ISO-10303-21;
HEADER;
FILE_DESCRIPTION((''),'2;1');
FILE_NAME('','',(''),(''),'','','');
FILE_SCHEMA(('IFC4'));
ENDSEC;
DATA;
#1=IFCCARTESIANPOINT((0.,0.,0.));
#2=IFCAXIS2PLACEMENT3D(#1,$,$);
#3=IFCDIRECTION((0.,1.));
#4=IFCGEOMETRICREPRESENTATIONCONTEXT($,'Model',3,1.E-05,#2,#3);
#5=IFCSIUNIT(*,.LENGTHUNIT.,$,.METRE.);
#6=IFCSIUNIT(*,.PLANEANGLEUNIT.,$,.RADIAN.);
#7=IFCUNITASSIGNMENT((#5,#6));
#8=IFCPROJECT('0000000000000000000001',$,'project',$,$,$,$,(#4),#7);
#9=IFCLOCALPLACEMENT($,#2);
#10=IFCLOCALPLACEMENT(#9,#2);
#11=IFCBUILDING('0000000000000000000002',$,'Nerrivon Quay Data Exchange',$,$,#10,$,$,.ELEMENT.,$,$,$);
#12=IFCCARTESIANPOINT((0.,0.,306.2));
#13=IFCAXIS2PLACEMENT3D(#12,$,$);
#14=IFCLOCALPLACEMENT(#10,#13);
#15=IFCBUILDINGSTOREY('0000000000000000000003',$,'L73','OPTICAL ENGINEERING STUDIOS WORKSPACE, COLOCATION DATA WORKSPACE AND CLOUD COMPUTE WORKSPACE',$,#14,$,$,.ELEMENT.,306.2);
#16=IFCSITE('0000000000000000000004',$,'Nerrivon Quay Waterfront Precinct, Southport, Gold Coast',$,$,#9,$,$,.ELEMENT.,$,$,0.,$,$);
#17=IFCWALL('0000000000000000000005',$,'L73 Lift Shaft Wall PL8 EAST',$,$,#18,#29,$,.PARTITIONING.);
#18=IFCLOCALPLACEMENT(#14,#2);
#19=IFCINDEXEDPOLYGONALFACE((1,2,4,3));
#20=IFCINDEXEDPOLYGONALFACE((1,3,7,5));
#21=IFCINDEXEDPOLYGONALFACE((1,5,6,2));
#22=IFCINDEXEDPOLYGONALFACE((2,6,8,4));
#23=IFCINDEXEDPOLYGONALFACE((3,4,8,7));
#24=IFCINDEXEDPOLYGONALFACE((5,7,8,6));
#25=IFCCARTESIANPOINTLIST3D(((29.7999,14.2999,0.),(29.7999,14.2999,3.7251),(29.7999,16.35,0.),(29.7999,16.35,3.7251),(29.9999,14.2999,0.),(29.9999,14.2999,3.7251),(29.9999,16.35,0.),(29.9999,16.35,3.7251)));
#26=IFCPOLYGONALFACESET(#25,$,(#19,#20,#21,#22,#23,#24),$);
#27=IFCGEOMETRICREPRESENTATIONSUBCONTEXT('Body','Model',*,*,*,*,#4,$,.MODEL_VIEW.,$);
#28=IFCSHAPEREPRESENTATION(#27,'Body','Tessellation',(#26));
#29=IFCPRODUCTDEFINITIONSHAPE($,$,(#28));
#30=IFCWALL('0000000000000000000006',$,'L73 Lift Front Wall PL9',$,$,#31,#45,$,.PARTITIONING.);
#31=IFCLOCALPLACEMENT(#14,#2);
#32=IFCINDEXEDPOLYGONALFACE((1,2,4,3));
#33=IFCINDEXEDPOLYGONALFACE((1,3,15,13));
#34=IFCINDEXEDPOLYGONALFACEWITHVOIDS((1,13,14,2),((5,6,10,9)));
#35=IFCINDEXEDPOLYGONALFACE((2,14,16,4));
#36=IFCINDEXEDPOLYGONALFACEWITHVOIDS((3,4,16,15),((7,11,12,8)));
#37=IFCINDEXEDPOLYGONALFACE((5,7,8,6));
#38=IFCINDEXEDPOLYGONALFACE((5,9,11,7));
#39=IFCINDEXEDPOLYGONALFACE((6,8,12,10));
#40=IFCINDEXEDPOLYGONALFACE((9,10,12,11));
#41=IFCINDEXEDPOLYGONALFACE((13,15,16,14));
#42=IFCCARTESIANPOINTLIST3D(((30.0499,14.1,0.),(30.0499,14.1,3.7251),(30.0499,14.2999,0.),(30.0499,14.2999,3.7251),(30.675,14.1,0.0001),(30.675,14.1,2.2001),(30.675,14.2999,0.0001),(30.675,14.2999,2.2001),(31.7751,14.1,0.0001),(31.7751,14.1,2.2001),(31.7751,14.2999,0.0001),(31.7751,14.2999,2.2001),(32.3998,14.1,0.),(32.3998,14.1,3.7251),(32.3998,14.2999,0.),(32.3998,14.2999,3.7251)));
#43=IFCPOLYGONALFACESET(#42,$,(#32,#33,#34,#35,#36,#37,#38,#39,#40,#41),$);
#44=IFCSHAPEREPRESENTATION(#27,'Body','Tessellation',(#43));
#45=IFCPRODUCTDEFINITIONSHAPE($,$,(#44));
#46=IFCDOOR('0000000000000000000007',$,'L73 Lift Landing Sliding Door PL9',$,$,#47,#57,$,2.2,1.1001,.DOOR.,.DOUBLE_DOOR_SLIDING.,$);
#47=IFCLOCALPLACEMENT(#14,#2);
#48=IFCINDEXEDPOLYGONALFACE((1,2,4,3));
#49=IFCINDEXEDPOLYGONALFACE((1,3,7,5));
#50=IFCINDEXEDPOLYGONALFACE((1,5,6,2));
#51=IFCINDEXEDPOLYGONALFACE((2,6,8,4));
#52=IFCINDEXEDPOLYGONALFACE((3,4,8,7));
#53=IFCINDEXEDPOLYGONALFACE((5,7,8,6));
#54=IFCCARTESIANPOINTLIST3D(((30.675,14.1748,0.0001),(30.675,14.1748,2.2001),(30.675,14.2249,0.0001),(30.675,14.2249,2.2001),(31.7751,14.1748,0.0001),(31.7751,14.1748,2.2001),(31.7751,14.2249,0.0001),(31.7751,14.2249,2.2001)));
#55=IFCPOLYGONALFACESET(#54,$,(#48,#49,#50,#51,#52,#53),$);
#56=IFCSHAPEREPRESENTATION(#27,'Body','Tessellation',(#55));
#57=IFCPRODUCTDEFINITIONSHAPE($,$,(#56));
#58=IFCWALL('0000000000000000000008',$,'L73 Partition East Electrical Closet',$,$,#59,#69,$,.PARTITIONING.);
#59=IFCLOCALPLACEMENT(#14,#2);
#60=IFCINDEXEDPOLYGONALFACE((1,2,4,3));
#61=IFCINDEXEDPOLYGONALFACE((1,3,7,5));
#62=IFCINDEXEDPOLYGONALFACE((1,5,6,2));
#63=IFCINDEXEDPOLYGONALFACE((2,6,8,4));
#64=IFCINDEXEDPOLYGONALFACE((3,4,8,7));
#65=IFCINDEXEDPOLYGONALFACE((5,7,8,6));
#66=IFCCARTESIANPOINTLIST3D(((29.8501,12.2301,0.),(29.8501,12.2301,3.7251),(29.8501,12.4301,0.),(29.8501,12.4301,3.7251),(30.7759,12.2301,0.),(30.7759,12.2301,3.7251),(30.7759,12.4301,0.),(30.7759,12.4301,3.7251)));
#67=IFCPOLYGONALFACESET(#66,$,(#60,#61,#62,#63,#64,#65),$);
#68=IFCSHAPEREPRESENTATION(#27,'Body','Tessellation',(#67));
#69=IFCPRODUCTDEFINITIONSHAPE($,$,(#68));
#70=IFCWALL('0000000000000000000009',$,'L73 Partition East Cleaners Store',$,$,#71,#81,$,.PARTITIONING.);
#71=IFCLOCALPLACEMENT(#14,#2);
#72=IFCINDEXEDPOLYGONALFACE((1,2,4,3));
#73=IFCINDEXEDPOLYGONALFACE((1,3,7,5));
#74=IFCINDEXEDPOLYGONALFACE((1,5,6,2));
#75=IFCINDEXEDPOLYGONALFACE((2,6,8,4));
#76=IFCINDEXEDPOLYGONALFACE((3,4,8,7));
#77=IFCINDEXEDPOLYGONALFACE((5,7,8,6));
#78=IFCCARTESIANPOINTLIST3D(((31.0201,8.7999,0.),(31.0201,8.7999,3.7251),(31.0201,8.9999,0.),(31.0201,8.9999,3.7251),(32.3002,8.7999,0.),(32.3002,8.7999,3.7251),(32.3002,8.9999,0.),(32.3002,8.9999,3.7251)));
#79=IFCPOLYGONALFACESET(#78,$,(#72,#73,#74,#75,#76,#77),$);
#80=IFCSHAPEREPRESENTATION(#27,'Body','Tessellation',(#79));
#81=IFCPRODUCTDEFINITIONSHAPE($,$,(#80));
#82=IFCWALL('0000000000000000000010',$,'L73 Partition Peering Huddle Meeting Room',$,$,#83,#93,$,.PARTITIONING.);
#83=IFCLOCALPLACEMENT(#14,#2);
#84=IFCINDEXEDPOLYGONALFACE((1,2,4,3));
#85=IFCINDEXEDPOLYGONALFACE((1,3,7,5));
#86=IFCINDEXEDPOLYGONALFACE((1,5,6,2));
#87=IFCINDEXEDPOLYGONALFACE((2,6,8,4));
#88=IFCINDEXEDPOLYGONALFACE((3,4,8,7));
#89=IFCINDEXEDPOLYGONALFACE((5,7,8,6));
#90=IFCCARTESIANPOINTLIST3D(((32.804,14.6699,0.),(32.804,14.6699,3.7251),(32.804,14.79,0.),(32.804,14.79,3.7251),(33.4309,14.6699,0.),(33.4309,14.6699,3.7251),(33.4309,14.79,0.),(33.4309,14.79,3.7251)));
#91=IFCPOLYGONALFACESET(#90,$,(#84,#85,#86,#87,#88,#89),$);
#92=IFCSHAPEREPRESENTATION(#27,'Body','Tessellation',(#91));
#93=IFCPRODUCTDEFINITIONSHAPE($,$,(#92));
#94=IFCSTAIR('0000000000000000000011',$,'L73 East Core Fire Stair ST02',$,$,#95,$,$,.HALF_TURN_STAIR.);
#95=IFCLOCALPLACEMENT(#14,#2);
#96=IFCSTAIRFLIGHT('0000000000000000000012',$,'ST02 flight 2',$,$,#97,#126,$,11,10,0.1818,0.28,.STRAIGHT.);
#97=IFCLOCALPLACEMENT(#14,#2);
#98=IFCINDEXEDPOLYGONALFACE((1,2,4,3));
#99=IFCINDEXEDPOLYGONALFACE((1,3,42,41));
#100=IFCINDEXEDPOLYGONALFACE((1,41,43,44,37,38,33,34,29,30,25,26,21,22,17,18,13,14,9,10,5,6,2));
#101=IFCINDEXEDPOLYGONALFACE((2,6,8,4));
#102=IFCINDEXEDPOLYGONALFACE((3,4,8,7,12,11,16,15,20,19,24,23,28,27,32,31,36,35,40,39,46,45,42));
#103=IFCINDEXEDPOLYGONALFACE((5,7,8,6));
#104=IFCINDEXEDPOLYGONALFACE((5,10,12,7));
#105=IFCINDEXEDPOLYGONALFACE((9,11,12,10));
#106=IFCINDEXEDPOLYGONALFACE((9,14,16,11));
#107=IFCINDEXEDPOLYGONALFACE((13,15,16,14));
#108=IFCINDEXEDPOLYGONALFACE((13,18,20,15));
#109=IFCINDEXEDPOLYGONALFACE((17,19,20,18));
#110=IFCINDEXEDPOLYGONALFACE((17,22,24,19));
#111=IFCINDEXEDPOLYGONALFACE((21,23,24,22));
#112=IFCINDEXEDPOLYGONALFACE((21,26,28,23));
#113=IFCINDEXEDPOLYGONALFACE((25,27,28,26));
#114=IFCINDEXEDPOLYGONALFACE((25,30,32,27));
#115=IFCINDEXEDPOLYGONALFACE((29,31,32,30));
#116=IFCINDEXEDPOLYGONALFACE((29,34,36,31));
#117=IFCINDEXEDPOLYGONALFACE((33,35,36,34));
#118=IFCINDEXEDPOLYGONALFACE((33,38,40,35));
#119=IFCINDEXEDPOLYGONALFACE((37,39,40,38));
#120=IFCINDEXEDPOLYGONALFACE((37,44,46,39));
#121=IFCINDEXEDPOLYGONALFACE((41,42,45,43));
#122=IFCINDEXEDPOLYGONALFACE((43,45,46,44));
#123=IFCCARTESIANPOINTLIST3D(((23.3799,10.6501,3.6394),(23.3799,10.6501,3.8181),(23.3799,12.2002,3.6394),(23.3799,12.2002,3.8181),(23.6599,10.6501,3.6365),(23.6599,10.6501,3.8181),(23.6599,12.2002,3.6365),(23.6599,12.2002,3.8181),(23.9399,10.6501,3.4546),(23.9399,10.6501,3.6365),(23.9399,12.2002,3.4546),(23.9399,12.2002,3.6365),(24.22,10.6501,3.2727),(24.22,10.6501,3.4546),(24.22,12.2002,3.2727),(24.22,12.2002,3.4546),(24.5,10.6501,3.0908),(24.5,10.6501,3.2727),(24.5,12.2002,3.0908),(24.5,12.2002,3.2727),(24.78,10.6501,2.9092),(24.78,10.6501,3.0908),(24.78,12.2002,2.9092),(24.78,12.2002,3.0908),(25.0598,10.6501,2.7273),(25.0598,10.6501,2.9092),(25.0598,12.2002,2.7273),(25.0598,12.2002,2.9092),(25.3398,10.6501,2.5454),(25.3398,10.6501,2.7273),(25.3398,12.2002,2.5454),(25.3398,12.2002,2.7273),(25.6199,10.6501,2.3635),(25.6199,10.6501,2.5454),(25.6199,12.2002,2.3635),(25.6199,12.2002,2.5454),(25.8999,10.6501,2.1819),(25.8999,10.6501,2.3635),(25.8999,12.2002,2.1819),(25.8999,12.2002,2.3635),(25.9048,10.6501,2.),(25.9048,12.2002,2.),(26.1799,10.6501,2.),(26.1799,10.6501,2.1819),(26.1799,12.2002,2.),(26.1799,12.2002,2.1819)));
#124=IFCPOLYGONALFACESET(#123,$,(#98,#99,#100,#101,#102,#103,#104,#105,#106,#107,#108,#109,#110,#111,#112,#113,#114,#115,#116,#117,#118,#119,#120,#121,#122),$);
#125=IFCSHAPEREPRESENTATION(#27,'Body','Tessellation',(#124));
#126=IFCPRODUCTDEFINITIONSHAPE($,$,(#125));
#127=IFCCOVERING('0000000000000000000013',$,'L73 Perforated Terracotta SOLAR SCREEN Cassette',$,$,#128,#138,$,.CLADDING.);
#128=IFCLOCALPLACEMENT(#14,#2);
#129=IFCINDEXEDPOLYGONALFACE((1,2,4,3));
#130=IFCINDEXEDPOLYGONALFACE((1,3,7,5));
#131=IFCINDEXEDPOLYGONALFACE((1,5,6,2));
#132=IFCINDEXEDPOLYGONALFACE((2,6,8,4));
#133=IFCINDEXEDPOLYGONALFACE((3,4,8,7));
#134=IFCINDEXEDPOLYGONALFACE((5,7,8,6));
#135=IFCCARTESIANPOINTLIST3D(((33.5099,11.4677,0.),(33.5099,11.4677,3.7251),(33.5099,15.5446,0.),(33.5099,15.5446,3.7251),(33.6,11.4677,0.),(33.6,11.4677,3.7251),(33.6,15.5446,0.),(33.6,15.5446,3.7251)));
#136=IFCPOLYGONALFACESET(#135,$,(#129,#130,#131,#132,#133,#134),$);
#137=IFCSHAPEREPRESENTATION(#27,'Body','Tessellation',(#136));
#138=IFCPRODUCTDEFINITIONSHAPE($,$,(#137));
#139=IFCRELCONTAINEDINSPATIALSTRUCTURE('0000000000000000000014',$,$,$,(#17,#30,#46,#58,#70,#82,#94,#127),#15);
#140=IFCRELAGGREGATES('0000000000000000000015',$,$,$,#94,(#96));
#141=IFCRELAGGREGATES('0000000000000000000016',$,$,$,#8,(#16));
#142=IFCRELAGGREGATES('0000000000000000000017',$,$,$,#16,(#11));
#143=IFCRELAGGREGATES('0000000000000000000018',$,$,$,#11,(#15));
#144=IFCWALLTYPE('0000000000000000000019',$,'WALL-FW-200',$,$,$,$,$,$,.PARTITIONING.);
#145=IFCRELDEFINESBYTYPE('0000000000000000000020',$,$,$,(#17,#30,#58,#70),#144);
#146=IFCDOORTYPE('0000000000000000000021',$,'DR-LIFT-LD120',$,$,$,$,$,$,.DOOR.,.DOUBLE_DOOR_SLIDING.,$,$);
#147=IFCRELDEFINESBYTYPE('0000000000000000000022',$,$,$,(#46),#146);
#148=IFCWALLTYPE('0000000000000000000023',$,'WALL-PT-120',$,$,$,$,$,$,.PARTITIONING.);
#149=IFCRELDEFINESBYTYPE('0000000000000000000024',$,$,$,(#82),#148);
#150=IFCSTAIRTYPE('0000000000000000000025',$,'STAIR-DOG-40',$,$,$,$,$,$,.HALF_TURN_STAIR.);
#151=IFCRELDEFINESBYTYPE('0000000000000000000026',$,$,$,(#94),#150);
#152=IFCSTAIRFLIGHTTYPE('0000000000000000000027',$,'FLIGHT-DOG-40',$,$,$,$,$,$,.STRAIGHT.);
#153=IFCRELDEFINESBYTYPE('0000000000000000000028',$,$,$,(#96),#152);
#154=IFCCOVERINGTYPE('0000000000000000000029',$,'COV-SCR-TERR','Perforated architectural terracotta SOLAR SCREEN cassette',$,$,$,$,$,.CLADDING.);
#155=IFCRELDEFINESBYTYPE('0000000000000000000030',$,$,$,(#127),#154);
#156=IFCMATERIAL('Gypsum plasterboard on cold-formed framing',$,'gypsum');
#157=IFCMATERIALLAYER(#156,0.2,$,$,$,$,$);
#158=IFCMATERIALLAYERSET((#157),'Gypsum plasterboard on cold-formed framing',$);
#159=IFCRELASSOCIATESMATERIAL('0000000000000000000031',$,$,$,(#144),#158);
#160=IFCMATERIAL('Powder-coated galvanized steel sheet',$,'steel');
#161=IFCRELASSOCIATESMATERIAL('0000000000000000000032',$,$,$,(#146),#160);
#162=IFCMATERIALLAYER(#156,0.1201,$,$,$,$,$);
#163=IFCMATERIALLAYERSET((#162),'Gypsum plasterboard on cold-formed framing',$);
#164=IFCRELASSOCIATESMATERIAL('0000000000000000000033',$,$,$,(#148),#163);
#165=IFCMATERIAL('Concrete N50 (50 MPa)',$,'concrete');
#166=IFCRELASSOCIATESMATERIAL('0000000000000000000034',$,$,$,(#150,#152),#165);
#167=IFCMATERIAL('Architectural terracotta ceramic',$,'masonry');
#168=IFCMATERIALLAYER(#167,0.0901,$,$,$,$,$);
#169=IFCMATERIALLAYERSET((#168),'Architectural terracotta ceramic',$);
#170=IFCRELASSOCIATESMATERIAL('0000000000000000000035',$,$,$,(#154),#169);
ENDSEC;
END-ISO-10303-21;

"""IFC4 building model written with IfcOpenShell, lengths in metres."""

from ifc_helpers import new_model, si_unit, direction, frame, frame_2d, origin, origin_2d, place, context, subcontext, project, spatial, polyline, rectangle, outline, extrude, material, layer, layer_set, type_object, element, fill, aggregate, save


model = new_model("IFC4")

# Units and contexts
model_context = context("Model", 3, precision=1e-05, world=origin(), true_north=direction((0.0, 1.0)))
body_context = subcontext(model_context, "Body", "Model", "MODEL_VIEW")
ifc_project = project(units=[si_unit("LENGTHUNIT", "METRE"), si_unit("PLANEANGLEUNIT", "RADIAN")], contexts=[model_context])

# Site, building, storey
site_placement = place(None, origin())
site = spatial("IfcSite", under=ifc_project, at=site_placement, Name="Nerrivon Quay Waterfront Precinct, Southport, Gold Coast", CompositionType="ELEMENT", RefElevation=0.0)
building_placement = place(site_placement, origin())
building = spatial("IfcBuilding", under=site, at=building_placement, Name="Nerrivon Quay Data Exchange", CompositionType="ELEMENT")
storey_placement = place(building_placement, frame((0.0, 0.0, 306.2)))
storey = spatial("IfcBuildingStorey", under=building, at=storey_placement, Name="L73", Description="OPTICAL ENGINEERING STUDIOS WORKSPACE, COLOCATION DATA WORKSPACE AND CLOUD COMPUTE WORKSPACE", CompositionType="ELEMENT", Elevation=306.2)

# Shared definitions
ifc_material_1 = material(Name="Concrete N50 (50 MPa)", Category="concrete")

# Shared definitions
ifc_material_2 = material(Name="Gypsum plasterboard on cold-formed framing", Category="gypsum")
ifc_layer_1 = layer(ifc_material_2, 0.2)
ifc_layer_set_1 = layer_set([ifc_layer_1], Name="Gypsum plasterboard on cold-formed framing")
wall_type_1 = type_object("IfcWallType", Name="WALL-FW-200", PredefinedType="PARTITIONING", material=ifc_layer_set_1)

# Shared definitions
ifc_material_3 = material(Name="Powder-coated galvanized steel sheet", Category="steel")
door_type_1 = type_object("IfcDoorType", Name="DR-LIFT-LD120", OperationType="DOUBLE_DOOR_SLIDING", PredefinedType="DOOR", material=ifc_material_3)

# Wall
wall_1_placement = place(storey_placement, frame((29.8999, 14.3, 0.0), z_axis=(0.0, 0.0, 1.0), x_axis=(0.0, 1.0, 0.0)))
element("IfcWall", 1, at=wall_1_placement, inside=storey, type_object=wall_type_1, Name="L73 Lift Shaft Wall PL8 EAST", PredefinedType="PARTITIONING", context=body_context, shape_type="SweptSolid", body=[
    extrude(rectangle(XDim=2.05, YDim=0.2, at=frame_2d((1.0249, 0.0))), origin(), (0.0, 0.0, 1.0), 3.7251),
])

# Wall, opening, door
wall_2_placement = place(storey_placement, frame((30.05, 14.2, 0.0), z_axis=(0.0, 0.0, 1.0), x_axis=(1.0, 0.0, 0.0)))
wall_2 = element("IfcWall", 2, at=wall_2_placement, inside=storey, type_object=wall_type_1, Name="L73 Lift Front Wall PL9", PredefinedType="PARTITIONING", context=body_context, shape_type="SweptSolid", body=[
    extrude(rectangle(XDim=2.3499, YDim=0.2, at=frame_2d((1.1748, 0.0))), origin(), (0.0, 0.0, 1.0), 3.7251),
])
opening_1_placement = place(wall_2_placement, frame((0.625, 0.0, 0.0)))
opening_1 = element("IfcOpeningElement", 3, at=opening_1_placement, cuts=wall_2, PredefinedType="OPENING", context=body_context, shape_type="SweptSolid", body=[
    extrude(rectangle(XDim=1.1001, YDim=2.2, at=frame_2d((0.55, 1.1001))), frame((0.0, 0.1099, 0.0), z_axis=(0.0, -1.0, 0.0), x_axis=(1.0, 0.0, 0.0)), (0.0, 0.0, 1.0), 0.22),
])
door_1_placement = place(opening_1_placement, origin())
door_1 = element("IfcDoor", 4, at=door_1_placement, inside=storey, type_object=door_type_1, Name="L73 Lift Landing Sliding Door PL9", OperationType="DOUBLE_DOOR_SLIDING", OverallHeight=2.2, OverallWidth=1.1001, PredefinedType="DOOR", context=body_context, shape_type="SweptSolid", body=[
    extrude(rectangle(XDim=1.1001, YDim=2.2, at=frame_2d((0.55, 1.1001))), frame((0.0, 0.0249, 0.0), z_axis=(0.0, -1.0, 0.0), x_axis=(1.0, 0.0, 0.0)), (0.0, 0.0, 1.0), 0.05),
])
fill(opening_1, door_1)

# Wall
wall_3_placement = place(storey_placement, frame((30.7759, 12.3301, 0.0), z_axis=(0.0, 0.0, 1.0), x_axis=(-1.0, 0.0, 0.0)))
element("IfcWall", 5, at=wall_3_placement, inside=storey, type_object=wall_type_1, Name="L73 Partition East Electrical Closet", PredefinedType="PARTITIONING", context=body_context, shape_type="SweptSolid", body=[
    extrude(rectangle(XDim=0.9258, YDim=0.2, at=frame_2d((0.4629, 0.0))), origin(), (0.0, 0.0, 1.0), 3.7251),
])

# Walls
wall_4_placement = place(storey_placement, frame((31.02, 8.8999, 0.0), z_axis=(0.0, 0.0, 1.0), x_axis=(1.0, 0.0, 0.0)))
element("IfcWall", 6, at=wall_4_placement, inside=storey, type_object=wall_type_1, Name="L73 Partition East Cleaners Store", PredefinedType="PARTITIONING", context=body_context, shape_type="SweptSolid", body=[
    extrude(rectangle(XDim=1.28, YDim=0.2, at=frame_2d((0.6401, 0.0))), origin(), (0.0, 0.0, 1.0), 3.7251),
])
ifc_layer_2 = layer(ifc_material_2, 0.1201)
ifc_layer_set_2 = layer_set([ifc_layer_2], Name="Gypsum plasterboard on cold-formed framing")
wall_type_2 = type_object("IfcWallType", Name="WALL-PT-120", PredefinedType="PARTITIONING", material=ifc_layer_set_2)
wall_5_placement = place(storey_placement, frame((32.804, 14.73, 0.0), z_axis=(0.0, 0.0, 1.0), x_axis=(1.0, 0.0, 0.0)))
element("IfcWall", 7, at=wall_5_placement, inside=storey, type_object=wall_type_2, Name="L73 Partition Peering Huddle Meeting Room", PredefinedType="PARTITIONING", context=body_context, shape_type="SweptSolid", body=[
    extrude(rectangle(XDim=0.627, YDim=0.1201, at=frame_2d((0.3135, 0.0))), origin(), (0.0, 0.0, 1.0), 3.7251),
])

# Stair, stair flight
stair_type = type_object("IfcStairType", Name="STAIR-DOG-40", PredefinedType="HALF_TURN_STAIR", material=ifc_material_1)
stair_placement = place(storey_placement, origin())
stair = element("IfcStair", 8, at=stair_placement, inside=storey, type_object=stair_type, Name="L73 East Core Fire Stair ST02", PredefinedType="HALF_TURN_STAIR")
stair_flight_type = type_object("IfcStairFlightType", Name="FLIGHT-DOG-40", PredefinedType="STRAIGHT", material=ifc_material_1)
stair_flight_placement = place(storey_placement, frame((26.1799, 11.425, 2.0), z_axis=(0.0, 0.0, 1.0), x_axis=(-1.0, 0.0, 0.0)))
stair_flight = element("IfcStairFlight", 9, at=stair_flight_placement, type_object=stair_flight_type, Name="ST02 flight 2", NumberOfRisers=11, NumberOfTreads=10, PredefinedType="STRAIGHT", RiserHeight=0.1818, TreadLength=0.28, context=body_context, shape_type="SweptSolid", body=[
    extrude(outline(polyline([(0.0, 0.0), (0.0, 0.1819), (0.28, 0.1819), (0.28, 0.3635), (0.5601, 0.3635), (0.5601, 0.5454), (0.8401, 0.5454), (0.8401, 0.7273), (1.1201, 0.7273), (1.1201, 0.9092), (1.3999, 0.9092), (1.3999, 1.0908), (1.6799, 1.0908), (1.6799, 1.2727), (1.96, 1.2727), (1.96, 1.4546), (2.24, 1.4546), (2.24, 1.6365), (2.52, 1.6365), (2.52, 1.8181), (2.8, 1.8181), (2.8, 2.0), (2.8, 1.6394), (0.2751, 0.0), (0.0, 0.0)])), frame((0.0, 0.7749, 0.0), z_axis=(0.0, -1.0, 0.0), x_axis=(1.0, 0.0, 0.0)), (0.0, 0.0, 1.0), 1.55),
])
aggregate(stair, [stair_flight])

# Covering
ifc_material_4 = material(Name="Architectural terracotta ceramic", Category="masonry")
ifc_layer_3 = layer(ifc_material_4, 0.0901)
ifc_layer_set_3 = layer_set([ifc_layer_3], Name="Architectural terracotta ceramic")
covering_type = type_object("IfcCoveringType", Name="COV-SCR-TERR", Description="Perforated architectural terracotta SOLAR SCREEN cassette", PredefinedType="CLADDING", material=ifc_layer_set_3)
covering_placement = place(storey_placement, frame((33.5549, 13.5061, 0.0), z_axis=(0.0, 0.0, 1.0), x_axis=(0.0, -1.0, 0.0)))
element("IfcCovering", 10, at=covering_placement, inside=storey, type_object=covering_type, Name="L73 Perforated Terracotta SOLAR SCREEN Cassette", PredefinedType="CLADDING", context=body_context, shape_type="SweptSolid", body=[
    extrude(rectangle(XDim=4.0769, YDim=0.0901, at=origin_2d()), origin(), (0.0, 0.0, 1.0), 3.7251),
])

save(model, "model.ifc")
